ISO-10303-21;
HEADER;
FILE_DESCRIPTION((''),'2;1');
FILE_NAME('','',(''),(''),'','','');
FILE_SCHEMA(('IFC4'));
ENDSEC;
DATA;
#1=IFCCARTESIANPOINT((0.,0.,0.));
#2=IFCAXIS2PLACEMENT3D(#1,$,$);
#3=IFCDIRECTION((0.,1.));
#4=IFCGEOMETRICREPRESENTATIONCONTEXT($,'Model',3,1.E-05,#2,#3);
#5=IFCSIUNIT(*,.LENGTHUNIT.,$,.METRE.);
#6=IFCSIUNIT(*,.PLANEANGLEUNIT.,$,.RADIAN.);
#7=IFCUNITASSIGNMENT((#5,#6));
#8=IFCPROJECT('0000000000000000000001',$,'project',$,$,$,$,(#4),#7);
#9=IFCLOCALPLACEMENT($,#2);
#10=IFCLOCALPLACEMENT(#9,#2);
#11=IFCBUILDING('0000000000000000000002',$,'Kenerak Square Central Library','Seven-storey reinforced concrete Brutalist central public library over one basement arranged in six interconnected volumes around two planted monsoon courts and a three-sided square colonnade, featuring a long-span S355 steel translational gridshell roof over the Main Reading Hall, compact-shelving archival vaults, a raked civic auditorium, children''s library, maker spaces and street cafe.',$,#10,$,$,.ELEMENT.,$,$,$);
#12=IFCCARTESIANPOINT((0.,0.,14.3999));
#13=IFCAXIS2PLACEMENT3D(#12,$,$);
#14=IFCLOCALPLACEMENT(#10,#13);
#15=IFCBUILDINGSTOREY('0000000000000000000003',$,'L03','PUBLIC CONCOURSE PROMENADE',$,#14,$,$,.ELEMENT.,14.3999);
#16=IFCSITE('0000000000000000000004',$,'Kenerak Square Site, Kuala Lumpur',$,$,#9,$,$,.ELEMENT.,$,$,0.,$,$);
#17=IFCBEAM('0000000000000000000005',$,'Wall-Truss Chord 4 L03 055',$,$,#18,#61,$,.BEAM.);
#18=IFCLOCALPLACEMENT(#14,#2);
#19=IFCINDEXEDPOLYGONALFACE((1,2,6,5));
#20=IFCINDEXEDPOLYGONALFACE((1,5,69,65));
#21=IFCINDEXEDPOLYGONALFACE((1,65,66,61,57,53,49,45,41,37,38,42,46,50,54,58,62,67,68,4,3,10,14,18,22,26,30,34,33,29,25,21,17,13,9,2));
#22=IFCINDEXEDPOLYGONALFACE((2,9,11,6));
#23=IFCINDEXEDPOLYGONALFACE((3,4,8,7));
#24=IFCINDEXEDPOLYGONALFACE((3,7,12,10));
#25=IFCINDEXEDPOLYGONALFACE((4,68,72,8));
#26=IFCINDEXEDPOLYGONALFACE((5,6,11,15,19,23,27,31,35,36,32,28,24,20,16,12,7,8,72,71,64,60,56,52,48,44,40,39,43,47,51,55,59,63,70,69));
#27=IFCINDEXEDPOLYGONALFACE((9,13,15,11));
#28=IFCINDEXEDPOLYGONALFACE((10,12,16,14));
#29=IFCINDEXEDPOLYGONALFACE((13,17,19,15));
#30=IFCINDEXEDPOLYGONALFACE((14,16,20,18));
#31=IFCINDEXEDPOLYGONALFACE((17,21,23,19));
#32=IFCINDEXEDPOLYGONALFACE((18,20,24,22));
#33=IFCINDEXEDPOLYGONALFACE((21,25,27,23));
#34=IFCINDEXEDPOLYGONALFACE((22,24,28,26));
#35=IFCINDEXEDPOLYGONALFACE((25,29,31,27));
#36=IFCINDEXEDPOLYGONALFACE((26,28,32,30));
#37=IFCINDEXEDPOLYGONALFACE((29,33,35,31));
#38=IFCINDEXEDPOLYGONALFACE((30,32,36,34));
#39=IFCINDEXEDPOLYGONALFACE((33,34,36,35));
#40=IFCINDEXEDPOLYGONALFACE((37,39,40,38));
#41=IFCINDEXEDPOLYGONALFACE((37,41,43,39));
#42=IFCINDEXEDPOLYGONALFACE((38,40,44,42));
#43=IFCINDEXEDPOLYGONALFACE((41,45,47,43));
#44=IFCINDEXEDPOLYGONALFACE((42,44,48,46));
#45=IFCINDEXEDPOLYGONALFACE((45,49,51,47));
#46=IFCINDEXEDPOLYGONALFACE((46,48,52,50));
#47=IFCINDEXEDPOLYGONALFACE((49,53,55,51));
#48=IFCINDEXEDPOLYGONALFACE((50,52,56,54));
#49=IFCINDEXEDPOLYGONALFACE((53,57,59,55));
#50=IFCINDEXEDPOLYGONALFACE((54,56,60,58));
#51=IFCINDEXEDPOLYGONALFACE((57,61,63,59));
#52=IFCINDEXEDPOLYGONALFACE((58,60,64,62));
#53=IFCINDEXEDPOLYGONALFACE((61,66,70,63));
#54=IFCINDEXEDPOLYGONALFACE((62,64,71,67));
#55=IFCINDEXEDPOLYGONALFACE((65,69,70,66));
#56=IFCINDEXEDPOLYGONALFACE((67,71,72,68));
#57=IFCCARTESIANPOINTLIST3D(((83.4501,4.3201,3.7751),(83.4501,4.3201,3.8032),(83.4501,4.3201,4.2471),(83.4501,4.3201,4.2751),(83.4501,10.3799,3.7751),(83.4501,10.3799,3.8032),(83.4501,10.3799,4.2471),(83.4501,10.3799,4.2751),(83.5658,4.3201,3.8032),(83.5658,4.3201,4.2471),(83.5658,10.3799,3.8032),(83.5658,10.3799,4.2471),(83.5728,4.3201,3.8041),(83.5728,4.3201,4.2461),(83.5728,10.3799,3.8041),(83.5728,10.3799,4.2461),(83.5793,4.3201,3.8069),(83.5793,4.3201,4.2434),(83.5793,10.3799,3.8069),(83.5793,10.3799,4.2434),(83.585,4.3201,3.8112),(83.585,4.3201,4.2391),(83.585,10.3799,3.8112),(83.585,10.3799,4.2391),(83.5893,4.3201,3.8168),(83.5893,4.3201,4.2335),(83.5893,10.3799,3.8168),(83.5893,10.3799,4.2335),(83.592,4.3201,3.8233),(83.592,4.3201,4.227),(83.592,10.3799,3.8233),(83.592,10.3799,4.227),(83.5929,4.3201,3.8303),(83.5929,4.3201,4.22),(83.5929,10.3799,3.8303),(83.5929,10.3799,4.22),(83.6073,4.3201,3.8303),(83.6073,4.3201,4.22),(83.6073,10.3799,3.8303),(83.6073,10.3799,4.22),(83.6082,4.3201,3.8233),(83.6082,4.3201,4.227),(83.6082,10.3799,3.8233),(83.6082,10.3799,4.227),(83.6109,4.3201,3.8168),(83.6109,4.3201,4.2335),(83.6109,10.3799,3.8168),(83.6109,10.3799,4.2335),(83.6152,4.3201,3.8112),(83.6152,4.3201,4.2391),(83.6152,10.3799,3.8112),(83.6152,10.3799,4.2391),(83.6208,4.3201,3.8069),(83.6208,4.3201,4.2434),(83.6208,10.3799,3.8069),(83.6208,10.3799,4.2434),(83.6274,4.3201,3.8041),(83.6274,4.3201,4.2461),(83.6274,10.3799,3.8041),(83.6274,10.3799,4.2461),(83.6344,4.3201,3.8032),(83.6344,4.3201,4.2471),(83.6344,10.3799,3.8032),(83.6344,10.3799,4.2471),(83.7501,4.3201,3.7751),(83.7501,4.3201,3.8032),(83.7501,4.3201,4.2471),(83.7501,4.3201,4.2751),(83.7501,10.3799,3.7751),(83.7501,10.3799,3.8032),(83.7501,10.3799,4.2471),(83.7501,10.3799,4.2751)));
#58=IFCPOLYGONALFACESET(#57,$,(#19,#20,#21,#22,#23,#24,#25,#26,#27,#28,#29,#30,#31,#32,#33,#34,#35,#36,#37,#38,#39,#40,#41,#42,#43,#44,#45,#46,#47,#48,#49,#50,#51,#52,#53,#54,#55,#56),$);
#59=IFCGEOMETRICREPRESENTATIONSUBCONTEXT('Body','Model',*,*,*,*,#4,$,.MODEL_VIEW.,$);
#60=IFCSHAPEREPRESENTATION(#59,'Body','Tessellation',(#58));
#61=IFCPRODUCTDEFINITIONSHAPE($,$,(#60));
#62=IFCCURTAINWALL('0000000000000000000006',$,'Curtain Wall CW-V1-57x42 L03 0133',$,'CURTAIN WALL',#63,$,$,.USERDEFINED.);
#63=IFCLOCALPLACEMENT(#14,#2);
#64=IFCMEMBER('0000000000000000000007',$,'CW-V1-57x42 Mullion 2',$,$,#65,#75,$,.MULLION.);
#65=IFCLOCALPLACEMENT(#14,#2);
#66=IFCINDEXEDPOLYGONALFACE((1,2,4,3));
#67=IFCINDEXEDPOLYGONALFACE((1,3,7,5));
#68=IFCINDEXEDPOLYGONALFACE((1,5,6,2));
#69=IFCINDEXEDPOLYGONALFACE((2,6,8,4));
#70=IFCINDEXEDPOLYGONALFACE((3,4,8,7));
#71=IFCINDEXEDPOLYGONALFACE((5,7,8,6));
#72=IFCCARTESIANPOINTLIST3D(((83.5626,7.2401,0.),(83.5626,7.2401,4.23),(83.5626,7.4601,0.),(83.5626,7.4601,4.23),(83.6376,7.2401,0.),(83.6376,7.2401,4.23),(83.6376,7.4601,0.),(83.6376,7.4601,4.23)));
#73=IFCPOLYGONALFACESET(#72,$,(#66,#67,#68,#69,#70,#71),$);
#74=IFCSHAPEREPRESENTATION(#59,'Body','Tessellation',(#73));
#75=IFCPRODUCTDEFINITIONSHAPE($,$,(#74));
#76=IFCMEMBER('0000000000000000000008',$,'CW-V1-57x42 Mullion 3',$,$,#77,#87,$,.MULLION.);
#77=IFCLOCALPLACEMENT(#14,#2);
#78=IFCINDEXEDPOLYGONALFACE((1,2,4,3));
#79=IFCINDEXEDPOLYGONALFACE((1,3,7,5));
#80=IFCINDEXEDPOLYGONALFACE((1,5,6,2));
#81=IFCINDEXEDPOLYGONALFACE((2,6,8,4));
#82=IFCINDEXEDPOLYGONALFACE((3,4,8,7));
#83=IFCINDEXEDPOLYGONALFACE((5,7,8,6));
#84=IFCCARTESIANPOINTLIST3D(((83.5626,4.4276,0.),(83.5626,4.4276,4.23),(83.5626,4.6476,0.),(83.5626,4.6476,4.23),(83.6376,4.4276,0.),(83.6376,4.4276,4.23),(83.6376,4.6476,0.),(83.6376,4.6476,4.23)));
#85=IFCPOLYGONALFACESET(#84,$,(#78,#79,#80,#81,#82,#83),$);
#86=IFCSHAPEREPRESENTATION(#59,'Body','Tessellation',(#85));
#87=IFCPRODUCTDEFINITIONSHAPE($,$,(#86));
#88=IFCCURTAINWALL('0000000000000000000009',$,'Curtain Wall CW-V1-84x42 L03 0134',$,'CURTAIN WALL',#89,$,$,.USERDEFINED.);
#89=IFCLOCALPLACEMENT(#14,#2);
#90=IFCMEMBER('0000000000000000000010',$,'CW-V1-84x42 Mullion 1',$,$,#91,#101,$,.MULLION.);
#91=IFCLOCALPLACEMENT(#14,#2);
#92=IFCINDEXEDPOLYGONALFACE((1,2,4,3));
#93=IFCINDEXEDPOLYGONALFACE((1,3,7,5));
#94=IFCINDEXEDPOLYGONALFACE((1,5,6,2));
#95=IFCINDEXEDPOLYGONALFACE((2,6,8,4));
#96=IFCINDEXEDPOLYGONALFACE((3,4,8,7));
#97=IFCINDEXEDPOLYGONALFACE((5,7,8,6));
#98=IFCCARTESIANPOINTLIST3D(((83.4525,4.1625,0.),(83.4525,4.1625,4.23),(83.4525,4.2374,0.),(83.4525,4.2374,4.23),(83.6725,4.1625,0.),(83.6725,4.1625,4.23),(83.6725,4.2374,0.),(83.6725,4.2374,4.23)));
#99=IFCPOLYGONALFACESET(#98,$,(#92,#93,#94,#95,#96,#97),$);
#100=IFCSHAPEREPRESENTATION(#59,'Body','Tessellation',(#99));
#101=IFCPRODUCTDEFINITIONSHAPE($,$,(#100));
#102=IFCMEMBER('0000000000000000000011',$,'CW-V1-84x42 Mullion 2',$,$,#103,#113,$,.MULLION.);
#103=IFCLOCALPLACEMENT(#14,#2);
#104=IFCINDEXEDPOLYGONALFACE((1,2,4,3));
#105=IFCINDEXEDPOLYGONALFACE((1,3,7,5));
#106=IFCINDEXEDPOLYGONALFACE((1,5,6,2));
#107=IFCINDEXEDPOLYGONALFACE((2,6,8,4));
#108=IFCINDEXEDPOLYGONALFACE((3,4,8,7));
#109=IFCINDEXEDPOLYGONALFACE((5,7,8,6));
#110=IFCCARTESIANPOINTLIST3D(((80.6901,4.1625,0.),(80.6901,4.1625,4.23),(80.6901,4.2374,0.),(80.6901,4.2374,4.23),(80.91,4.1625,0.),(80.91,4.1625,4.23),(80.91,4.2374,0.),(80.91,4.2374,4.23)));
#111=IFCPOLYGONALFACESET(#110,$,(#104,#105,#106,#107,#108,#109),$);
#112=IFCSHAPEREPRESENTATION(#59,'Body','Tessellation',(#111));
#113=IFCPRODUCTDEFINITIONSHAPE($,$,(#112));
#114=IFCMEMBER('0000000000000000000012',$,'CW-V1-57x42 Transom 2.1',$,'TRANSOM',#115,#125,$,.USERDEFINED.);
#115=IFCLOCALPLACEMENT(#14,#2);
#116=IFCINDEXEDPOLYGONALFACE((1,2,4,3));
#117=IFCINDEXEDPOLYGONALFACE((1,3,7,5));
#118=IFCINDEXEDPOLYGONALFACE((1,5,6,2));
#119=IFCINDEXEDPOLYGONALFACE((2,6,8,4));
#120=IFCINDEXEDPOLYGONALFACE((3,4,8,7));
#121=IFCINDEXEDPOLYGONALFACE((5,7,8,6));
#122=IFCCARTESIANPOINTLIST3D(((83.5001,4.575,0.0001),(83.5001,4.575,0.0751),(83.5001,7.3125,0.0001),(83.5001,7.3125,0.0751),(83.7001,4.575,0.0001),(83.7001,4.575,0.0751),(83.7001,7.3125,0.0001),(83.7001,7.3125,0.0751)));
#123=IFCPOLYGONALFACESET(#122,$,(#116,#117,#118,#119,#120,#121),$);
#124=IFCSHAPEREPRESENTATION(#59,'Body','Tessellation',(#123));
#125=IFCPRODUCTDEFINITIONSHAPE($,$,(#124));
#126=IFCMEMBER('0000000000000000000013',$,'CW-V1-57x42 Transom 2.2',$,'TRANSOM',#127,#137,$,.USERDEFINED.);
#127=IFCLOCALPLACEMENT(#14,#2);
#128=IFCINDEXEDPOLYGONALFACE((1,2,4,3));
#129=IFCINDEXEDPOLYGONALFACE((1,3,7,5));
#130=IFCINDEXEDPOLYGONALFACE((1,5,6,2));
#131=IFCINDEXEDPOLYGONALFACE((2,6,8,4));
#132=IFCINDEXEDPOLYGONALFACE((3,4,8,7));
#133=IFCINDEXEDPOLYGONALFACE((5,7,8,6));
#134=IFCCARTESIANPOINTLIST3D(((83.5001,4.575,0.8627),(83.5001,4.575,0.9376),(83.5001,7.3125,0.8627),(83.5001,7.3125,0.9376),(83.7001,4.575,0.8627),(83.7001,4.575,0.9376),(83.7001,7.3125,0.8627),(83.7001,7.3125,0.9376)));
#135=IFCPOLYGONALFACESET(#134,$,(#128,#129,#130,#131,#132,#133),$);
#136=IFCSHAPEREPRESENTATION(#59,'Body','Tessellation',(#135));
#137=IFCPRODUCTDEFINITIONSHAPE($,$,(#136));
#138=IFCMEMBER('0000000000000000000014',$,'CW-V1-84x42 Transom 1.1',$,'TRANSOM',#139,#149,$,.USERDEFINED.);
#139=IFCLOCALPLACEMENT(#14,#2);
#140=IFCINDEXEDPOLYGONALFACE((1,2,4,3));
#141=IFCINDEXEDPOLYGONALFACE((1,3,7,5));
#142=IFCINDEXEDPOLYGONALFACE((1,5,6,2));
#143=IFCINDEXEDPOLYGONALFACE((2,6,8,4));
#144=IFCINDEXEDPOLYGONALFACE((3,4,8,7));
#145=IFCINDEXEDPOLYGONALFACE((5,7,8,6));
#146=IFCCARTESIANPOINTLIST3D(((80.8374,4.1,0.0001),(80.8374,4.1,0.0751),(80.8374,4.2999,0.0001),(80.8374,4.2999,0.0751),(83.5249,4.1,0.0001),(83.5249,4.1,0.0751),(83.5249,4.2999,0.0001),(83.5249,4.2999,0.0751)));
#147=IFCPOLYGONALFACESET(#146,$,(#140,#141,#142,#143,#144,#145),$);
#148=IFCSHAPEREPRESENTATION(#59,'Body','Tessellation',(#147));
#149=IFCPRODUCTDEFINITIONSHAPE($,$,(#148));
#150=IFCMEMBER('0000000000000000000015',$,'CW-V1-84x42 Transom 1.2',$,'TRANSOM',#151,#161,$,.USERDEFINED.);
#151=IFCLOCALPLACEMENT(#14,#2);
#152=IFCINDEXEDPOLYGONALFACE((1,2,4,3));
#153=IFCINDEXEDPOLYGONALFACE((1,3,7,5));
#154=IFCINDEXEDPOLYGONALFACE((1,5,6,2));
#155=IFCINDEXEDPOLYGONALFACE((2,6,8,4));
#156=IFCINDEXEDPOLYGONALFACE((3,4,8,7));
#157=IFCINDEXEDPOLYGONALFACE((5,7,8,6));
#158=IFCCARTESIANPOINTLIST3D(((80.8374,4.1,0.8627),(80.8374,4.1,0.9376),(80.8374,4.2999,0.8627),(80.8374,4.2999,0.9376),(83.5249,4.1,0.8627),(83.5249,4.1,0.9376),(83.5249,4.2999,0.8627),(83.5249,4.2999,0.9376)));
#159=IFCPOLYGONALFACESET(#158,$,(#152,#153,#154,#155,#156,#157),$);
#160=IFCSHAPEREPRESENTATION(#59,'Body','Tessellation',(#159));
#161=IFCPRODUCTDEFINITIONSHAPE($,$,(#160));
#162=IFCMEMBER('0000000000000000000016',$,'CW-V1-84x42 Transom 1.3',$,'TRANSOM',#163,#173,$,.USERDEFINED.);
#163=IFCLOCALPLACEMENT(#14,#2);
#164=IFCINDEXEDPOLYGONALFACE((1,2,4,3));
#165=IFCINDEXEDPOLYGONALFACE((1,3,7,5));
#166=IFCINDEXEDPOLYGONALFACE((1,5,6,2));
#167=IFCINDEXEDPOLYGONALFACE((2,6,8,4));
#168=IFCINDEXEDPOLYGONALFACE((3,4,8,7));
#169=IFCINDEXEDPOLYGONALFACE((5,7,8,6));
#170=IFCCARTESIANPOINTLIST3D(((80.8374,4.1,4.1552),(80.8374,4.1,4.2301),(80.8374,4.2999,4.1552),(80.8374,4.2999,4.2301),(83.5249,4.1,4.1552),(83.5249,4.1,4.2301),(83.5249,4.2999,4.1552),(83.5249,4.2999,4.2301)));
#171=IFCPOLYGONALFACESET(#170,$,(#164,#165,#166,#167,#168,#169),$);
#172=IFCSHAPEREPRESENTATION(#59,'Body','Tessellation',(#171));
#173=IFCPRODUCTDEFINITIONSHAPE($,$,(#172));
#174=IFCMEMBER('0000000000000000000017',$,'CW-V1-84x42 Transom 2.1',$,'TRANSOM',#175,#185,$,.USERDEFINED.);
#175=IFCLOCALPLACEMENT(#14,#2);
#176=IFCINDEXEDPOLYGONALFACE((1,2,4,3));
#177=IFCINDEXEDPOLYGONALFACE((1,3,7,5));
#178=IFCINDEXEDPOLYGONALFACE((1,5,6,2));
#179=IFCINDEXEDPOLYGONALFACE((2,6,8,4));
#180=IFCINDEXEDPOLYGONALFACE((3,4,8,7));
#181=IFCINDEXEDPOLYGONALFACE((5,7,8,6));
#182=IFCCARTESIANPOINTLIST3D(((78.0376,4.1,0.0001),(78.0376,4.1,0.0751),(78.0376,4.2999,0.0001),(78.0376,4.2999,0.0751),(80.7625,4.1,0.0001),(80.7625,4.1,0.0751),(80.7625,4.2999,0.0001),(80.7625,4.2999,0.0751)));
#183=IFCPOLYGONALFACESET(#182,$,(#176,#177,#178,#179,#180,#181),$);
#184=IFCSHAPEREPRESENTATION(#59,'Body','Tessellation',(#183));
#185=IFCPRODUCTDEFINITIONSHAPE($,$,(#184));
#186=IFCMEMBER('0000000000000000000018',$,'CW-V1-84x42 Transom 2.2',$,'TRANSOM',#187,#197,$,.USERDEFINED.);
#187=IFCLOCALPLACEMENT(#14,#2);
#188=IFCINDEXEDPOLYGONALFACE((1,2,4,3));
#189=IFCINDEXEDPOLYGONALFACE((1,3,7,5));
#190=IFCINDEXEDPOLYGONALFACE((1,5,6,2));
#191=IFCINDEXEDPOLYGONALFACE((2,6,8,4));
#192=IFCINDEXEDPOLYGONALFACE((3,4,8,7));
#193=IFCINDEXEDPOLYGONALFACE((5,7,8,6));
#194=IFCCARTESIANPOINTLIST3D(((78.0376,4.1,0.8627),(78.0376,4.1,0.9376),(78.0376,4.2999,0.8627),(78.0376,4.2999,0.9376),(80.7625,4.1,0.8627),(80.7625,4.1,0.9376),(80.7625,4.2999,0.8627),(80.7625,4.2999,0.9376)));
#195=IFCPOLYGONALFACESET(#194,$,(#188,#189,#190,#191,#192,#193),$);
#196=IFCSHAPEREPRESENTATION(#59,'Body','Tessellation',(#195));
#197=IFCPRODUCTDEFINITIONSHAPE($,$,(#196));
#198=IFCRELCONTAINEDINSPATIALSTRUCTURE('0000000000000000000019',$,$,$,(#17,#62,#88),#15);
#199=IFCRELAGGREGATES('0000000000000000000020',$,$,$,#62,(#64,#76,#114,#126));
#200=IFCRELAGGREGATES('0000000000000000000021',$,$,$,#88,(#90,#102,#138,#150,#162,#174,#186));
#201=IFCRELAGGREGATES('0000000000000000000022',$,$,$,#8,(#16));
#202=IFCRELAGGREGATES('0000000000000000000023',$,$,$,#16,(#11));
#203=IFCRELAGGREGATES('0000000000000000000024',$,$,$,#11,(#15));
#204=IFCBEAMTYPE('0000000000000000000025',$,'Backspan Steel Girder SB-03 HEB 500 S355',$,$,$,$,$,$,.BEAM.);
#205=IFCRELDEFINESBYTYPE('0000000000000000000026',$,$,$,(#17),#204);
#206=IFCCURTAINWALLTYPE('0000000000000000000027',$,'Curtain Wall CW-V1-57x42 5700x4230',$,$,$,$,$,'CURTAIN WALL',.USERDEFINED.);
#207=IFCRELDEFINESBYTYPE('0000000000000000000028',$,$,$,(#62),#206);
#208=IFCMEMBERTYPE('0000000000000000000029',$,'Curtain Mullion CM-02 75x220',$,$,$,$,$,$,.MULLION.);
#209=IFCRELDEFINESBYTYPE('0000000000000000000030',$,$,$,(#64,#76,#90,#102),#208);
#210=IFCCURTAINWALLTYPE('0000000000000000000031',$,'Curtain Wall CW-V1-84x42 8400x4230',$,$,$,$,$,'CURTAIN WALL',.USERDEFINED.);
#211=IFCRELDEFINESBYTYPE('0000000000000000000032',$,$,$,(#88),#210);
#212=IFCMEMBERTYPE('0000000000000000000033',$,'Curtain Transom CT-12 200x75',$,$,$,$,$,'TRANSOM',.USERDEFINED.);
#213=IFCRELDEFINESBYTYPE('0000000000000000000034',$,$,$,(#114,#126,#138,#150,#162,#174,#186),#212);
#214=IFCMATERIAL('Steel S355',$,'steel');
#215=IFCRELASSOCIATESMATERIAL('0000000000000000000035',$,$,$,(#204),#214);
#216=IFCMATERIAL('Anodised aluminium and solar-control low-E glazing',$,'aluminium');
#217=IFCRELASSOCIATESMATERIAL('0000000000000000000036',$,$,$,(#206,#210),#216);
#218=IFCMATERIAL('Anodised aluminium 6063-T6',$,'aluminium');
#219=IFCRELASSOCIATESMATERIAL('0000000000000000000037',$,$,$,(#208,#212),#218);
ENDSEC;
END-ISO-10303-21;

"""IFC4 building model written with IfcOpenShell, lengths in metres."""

from ifc_helpers import new_model, si_unit, direction, frame, origin, origin_2d, place, context, subcontext, project, spatial, rectangle, i_section, extrude, material, material_profile, profile_set, type_object, element, aggregate, save


model = new_model("IFC4")

# Units and contexts
model_context = context("Model", 3, precision=1e-05, world=origin(), true_north=direction((0.0, 1.0)))
body_context = subcontext(model_context, "Body", "Model", "MODEL_VIEW")
ifc_project = project(units=[si_unit("LENGTHUNIT", "METRE"), si_unit("PLANEANGLEUNIT", "RADIAN")], contexts=[model_context])

# Site, building, storey
site_placement = place(None, origin())
site = spatial("IfcSite", under=ifc_project, at=site_placement, Name="Kenerak Square Site, Kuala Lumpur", CompositionType="ELEMENT", RefElevation=0.0)
building_placement = place(site_placement, origin())
building = spatial("IfcBuilding", under=site, at=building_placement, Name="Kenerak Square Central Library", Description="Seven-storey reinforced concrete Brutalist central public library over one basement arranged in six interconnected volumes around two planted monsoon courts and a three-sided square colonnade, featuring a long-span S355 steel translational gridshell roof over the Main Reading Hall, compact-shelving archival vaults, a raked civic auditorium, children's library, maker spaces and street cafe.", CompositionType="ELEMENT")
storey_placement = place(building_placement, frame((0.0, 0.0, 14.3999)))
storey = spatial("IfcBuildingStorey", under=building, at=storey_placement, Name="L03", Description="PUBLIC CONCOURSE PROMENADE", CompositionType="ELEMENT", Elevation=14.3999)

# Beam
ifc_material_1 = material(Name="Steel S355", Category="steel")
ifc_material_profile_1 = material_profile(ifc_material_1, i_section(OverallWidth=0.3, OverallDepth=0.5, WebThickness=0.0144, FlangeThickness=0.0281, FilletRadius=0.0271, at=origin_2d()), Name="HEB 500")
ifc_profile_set_1 = profile_set([ifc_material_profile_1], Name="Steel S355")
beam_type = type_object("IfcBeamType", Name="Backspan Steel Girder SB-03 HEB 500 S355", PredefinedType="BEAM", material=ifc_profile_set_1)
beam_placement = place(storey_placement, frame((83.6001, 4.3201, 4.0251), z_axis=(0.0, 1.0, 0.0), x_axis=(-1.0, 0.0, 0.0)))
element("IfcBeam", 1, at=beam_placement, inside=storey, type_object=beam_type, Name="Wall-Truss Chord 4 L03 055", PredefinedType="BEAM", context=body_context, shape_type="SweptSolid", body=[
    extrude(i_section(OverallWidth=0.3, OverallDepth=0.5, WebThickness=0.0144, FlangeThickness=0.0281, FilletRadius=0.0271, at=origin_2d()), origin(), (0.0, 0.0, 1.0), 6.0598),
])

# Curtain walls, members
ifc_material_2 = material(Name="Anodised aluminium and solar-control low-E glazing", Category="aluminium")
curtain_wall_type_1 = type_object("IfcCurtainWallType", Name="Curtain Wall CW-V1-57x42 5700x4230", ElementType="CURTAIN WALL", PredefinedType="USERDEFINED", material=ifc_material_2)
curtain_wall_1_placement = place(storey_placement, origin())
curtain_wall_1 = element("IfcCurtainWall", 2, at=curtain_wall_1_placement, inside=storey, type_object=curtain_wall_type_1, Name="Curtain Wall CW-V1-57x42 L03 0133", ObjectType="CURTAIN WALL", PredefinedType="USERDEFINED")
ifc_material_3 = material(Name="Anodised aluminium 6063-T6", Category="aluminium")
ifc_material_profile_2 = material_profile(ifc_material_3, rectangle(XDim=0.075, YDim=0.22, at=origin_2d()), Name="AL MULLION 75x220")
ifc_profile_set_2 = profile_set([ifc_material_profile_2], Name="Anodised aluminium 6063-T6")
member_type_1 = type_object("IfcMemberType", Name="Curtain Mullion CM-02 75x220", PredefinedType="MULLION", material=ifc_profile_set_2)
member_1_placement = place(storey_placement, frame((83.6001, 7.3501, 0.0), z_axis=(0.0, 0.0, 1.0), x_axis=(1.0, 0.0, 0.0)))
member_1 = element("IfcMember", 3, at=member_1_placement, type_object=member_type_1, Name="CW-V1-57x42 Mullion 2", PredefinedType="MULLION", context=body_context, shape_type="SweptSolid", body=[
    extrude(rectangle(XDim=0.075, YDim=0.22, at=origin_2d()), origin(), (0.0, 0.0, 1.0), 4.23),
])
member_2_placement = place(storey_placement, frame((83.6001, 4.5376, 0.0), z_axis=(0.0, 0.0, 1.0), x_axis=(1.0, 0.0, 0.0)))
member_2 = element("IfcMember", 4, at=member_2_placement, type_object=member_type_1, Name="CW-V1-57x42 Mullion 3", PredefinedType="MULLION", context=body_context, shape_type="SweptSolid", body=[
    extrude(rectangle(XDim=0.075, YDim=0.22, at=origin_2d()), origin(), (0.0, 0.0, 1.0), 4.23),
])
curtain_wall_type_2 = type_object("IfcCurtainWallType", Name="Curtain Wall CW-V1-84x42 8400x4230", ElementType="CURTAIN WALL", PredefinedType="USERDEFINED", material=ifc_material_2)
curtain_wall_2_placement = place(storey_placement, origin())
curtain_wall_2 = element("IfcCurtainWall", 5, at=curtain_wall_2_placement, inside=storey, type_object=curtain_wall_type_2, Name="Curtain Wall CW-V1-84x42 L03 0134", ObjectType="CURTAIN WALL", PredefinedType="USERDEFINED")
member_3_placement = place(storey_placement, frame((83.5625, 4.2, 0.0), z_axis=(0.0, 0.0, 1.0), x_axis=(0.0, -1.0, 0.0)))
member_3 = element("IfcMember", 6, at=member_3_placement, type_object=member_type_1, Name="CW-V1-84x42 Mullion 1", PredefinedType="MULLION", context=body_context, shape_type="SweptSolid", body=[
    extrude(rectangle(XDim=0.075, YDim=0.22, at=origin_2d()), origin(), (0.0, 0.0, 1.0), 4.23),
])
member_4_placement = place(storey_placement, frame((80.8, 4.2, 0.0), z_axis=(0.0, 0.0, 1.0), x_axis=(0.0, -1.0, 0.0)))
member_4 = element("IfcMember", 7, at=member_4_placement, type_object=member_type_1, Name="CW-V1-84x42 Mullion 2", PredefinedType="MULLION", context=body_context, shape_type="SweptSolid", body=[
    extrude(rectangle(XDim=0.075, YDim=0.22, at=origin_2d()), origin(), (0.0, 0.0, 1.0), 4.23),
])

# Members
ifc_material_profile_3 = material_profile(ifc_material_3, rectangle(XDim=0.2, YDim=0.075, at=origin_2d()), Name="AL TRANSOM 200x75")
ifc_profile_set_3 = profile_set([ifc_material_profile_3], Name="Anodised aluminium 6063-T6")
member_type_2 = type_object("IfcMemberType", Name="Curtain Transom CT-12 200x75", ElementType="TRANSOM", PredefinedType="USERDEFINED", material=ifc_profile_set_3)
member_5_placement = place(storey_placement, frame((83.6001, 7.3125, 0.0376), z_axis=(0.0, -1.0, 0.0), x_axis=(1.0, 0.0, 0.0)))
member_5 = element("IfcMember", 8, at=member_5_placement, type_object=member_type_2, Name="CW-V1-57x42 Transom 2.1", ObjectType="TRANSOM", PredefinedType="USERDEFINED", context=body_context, shape_type="SweptSolid", body=[
    extrude(rectangle(XDim=0.2, YDim=0.075, at=origin_2d()), origin(), (0.0, 0.0, 1.0), 2.7375),
])
member_6_placement = place(storey_placement, frame((83.6001, 7.3125, 0.9001), z_axis=(0.0, -1.0, 0.0), x_axis=(1.0, 0.0, 0.0)))
member_6 = element("IfcMember", 9, at=member_6_placement, type_object=member_type_2, Name="CW-V1-57x42 Transom 2.2", ObjectType="TRANSOM", PredefinedType="USERDEFINED", context=body_context, shape_type="SweptSolid", body=[
    extrude(rectangle(XDim=0.2, YDim=0.075, at=origin_2d()), origin(), (0.0, 0.0, 1.0), 2.7375),
])
aggregate(curtain_wall_1, [member_1, member_2, member_5, member_6])
member_7_placement = place(storey_placement, frame((83.5249, 4.2, 0.0376), z_axis=(-1.0, 0.0, 0.0), x_axis=(0.0, -1.0, 0.0)))
member_7 = element("IfcMember", 10, at=member_7_placement, type_object=member_type_2, Name="CW-V1-84x42 Transom 1.1", ObjectType="TRANSOM", PredefinedType="USERDEFINED", context=body_context, shape_type="SweptSolid", body=[
    extrude(rectangle(XDim=0.2, YDim=0.075, at=origin_2d()), origin(), (0.0, 0.0, 1.0), 2.6875),
])
member_8_placement = place(storey_placement, frame((83.5249, 4.2, 0.9001), z_axis=(-1.0, 0.0, 0.0), x_axis=(0.0, -1.0, 0.0)))
member_8 = element("IfcMember", 11, at=member_8_placement, type_object=member_type_2, Name="CW-V1-84x42 Transom 1.2", ObjectType="TRANSOM", PredefinedType="USERDEFINED", context=body_context, shape_type="SweptSolid", body=[
    extrude(rectangle(XDim=0.2, YDim=0.075, at=origin_2d()), origin(), (0.0, 0.0, 1.0), 2.6875),
])
member_9_placement = place(storey_placement, frame((83.5249, 4.2, 4.1926), z_axis=(-1.0, 0.0, 0.0), x_axis=(0.0, -1.0, 0.0)))
member_9 = element("IfcMember", 12, at=member_9_placement, type_object=member_type_2, Name="CW-V1-84x42 Transom 1.3", ObjectType="TRANSOM", PredefinedType="USERDEFINED", context=body_context, shape_type="SweptSolid", body=[
    extrude(rectangle(XDim=0.2, YDim=0.075, at=origin_2d()), origin(), (0.0, 0.0, 1.0), 2.6875),
])
member_10_placement = place(storey_placement, frame((80.7625, 4.2, 0.0376), z_axis=(-1.0, 0.0, 0.0), x_axis=(0.0, -1.0, 0.0)))
member_10 = element("IfcMember", 13, at=member_10_placement, type_object=member_type_2, Name="CW-V1-84x42 Transom 2.1", ObjectType="TRANSOM", PredefinedType="USERDEFINED", context=body_context, shape_type="SweptSolid", body=[
    extrude(rectangle(XDim=0.2, YDim=0.075, at=origin_2d()), origin(), (0.0, 0.0, 1.0), 2.7249),
])
member_11_placement = place(storey_placement, frame((80.7625, 4.2, 0.9001), z_axis=(-1.0, 0.0, 0.0), x_axis=(0.0, -1.0, 0.0)))
member_11 = element("IfcMember", 14, at=member_11_placement, type_object=member_type_2, Name="CW-V1-84x42 Transom 2.2", ObjectType="TRANSOM", PredefinedType="USERDEFINED", context=body_context, shape_type="SweptSolid", body=[
    extrude(rectangle(XDim=0.2, YDim=0.075, at=origin_2d()), origin(), (0.0, 0.0, 1.0), 2.7249),
])

aggregate(curtain_wall_2, [member_3, member_4, member_7, member_8, member_9, member_10, member_11])

save(model, "model.ifc")
